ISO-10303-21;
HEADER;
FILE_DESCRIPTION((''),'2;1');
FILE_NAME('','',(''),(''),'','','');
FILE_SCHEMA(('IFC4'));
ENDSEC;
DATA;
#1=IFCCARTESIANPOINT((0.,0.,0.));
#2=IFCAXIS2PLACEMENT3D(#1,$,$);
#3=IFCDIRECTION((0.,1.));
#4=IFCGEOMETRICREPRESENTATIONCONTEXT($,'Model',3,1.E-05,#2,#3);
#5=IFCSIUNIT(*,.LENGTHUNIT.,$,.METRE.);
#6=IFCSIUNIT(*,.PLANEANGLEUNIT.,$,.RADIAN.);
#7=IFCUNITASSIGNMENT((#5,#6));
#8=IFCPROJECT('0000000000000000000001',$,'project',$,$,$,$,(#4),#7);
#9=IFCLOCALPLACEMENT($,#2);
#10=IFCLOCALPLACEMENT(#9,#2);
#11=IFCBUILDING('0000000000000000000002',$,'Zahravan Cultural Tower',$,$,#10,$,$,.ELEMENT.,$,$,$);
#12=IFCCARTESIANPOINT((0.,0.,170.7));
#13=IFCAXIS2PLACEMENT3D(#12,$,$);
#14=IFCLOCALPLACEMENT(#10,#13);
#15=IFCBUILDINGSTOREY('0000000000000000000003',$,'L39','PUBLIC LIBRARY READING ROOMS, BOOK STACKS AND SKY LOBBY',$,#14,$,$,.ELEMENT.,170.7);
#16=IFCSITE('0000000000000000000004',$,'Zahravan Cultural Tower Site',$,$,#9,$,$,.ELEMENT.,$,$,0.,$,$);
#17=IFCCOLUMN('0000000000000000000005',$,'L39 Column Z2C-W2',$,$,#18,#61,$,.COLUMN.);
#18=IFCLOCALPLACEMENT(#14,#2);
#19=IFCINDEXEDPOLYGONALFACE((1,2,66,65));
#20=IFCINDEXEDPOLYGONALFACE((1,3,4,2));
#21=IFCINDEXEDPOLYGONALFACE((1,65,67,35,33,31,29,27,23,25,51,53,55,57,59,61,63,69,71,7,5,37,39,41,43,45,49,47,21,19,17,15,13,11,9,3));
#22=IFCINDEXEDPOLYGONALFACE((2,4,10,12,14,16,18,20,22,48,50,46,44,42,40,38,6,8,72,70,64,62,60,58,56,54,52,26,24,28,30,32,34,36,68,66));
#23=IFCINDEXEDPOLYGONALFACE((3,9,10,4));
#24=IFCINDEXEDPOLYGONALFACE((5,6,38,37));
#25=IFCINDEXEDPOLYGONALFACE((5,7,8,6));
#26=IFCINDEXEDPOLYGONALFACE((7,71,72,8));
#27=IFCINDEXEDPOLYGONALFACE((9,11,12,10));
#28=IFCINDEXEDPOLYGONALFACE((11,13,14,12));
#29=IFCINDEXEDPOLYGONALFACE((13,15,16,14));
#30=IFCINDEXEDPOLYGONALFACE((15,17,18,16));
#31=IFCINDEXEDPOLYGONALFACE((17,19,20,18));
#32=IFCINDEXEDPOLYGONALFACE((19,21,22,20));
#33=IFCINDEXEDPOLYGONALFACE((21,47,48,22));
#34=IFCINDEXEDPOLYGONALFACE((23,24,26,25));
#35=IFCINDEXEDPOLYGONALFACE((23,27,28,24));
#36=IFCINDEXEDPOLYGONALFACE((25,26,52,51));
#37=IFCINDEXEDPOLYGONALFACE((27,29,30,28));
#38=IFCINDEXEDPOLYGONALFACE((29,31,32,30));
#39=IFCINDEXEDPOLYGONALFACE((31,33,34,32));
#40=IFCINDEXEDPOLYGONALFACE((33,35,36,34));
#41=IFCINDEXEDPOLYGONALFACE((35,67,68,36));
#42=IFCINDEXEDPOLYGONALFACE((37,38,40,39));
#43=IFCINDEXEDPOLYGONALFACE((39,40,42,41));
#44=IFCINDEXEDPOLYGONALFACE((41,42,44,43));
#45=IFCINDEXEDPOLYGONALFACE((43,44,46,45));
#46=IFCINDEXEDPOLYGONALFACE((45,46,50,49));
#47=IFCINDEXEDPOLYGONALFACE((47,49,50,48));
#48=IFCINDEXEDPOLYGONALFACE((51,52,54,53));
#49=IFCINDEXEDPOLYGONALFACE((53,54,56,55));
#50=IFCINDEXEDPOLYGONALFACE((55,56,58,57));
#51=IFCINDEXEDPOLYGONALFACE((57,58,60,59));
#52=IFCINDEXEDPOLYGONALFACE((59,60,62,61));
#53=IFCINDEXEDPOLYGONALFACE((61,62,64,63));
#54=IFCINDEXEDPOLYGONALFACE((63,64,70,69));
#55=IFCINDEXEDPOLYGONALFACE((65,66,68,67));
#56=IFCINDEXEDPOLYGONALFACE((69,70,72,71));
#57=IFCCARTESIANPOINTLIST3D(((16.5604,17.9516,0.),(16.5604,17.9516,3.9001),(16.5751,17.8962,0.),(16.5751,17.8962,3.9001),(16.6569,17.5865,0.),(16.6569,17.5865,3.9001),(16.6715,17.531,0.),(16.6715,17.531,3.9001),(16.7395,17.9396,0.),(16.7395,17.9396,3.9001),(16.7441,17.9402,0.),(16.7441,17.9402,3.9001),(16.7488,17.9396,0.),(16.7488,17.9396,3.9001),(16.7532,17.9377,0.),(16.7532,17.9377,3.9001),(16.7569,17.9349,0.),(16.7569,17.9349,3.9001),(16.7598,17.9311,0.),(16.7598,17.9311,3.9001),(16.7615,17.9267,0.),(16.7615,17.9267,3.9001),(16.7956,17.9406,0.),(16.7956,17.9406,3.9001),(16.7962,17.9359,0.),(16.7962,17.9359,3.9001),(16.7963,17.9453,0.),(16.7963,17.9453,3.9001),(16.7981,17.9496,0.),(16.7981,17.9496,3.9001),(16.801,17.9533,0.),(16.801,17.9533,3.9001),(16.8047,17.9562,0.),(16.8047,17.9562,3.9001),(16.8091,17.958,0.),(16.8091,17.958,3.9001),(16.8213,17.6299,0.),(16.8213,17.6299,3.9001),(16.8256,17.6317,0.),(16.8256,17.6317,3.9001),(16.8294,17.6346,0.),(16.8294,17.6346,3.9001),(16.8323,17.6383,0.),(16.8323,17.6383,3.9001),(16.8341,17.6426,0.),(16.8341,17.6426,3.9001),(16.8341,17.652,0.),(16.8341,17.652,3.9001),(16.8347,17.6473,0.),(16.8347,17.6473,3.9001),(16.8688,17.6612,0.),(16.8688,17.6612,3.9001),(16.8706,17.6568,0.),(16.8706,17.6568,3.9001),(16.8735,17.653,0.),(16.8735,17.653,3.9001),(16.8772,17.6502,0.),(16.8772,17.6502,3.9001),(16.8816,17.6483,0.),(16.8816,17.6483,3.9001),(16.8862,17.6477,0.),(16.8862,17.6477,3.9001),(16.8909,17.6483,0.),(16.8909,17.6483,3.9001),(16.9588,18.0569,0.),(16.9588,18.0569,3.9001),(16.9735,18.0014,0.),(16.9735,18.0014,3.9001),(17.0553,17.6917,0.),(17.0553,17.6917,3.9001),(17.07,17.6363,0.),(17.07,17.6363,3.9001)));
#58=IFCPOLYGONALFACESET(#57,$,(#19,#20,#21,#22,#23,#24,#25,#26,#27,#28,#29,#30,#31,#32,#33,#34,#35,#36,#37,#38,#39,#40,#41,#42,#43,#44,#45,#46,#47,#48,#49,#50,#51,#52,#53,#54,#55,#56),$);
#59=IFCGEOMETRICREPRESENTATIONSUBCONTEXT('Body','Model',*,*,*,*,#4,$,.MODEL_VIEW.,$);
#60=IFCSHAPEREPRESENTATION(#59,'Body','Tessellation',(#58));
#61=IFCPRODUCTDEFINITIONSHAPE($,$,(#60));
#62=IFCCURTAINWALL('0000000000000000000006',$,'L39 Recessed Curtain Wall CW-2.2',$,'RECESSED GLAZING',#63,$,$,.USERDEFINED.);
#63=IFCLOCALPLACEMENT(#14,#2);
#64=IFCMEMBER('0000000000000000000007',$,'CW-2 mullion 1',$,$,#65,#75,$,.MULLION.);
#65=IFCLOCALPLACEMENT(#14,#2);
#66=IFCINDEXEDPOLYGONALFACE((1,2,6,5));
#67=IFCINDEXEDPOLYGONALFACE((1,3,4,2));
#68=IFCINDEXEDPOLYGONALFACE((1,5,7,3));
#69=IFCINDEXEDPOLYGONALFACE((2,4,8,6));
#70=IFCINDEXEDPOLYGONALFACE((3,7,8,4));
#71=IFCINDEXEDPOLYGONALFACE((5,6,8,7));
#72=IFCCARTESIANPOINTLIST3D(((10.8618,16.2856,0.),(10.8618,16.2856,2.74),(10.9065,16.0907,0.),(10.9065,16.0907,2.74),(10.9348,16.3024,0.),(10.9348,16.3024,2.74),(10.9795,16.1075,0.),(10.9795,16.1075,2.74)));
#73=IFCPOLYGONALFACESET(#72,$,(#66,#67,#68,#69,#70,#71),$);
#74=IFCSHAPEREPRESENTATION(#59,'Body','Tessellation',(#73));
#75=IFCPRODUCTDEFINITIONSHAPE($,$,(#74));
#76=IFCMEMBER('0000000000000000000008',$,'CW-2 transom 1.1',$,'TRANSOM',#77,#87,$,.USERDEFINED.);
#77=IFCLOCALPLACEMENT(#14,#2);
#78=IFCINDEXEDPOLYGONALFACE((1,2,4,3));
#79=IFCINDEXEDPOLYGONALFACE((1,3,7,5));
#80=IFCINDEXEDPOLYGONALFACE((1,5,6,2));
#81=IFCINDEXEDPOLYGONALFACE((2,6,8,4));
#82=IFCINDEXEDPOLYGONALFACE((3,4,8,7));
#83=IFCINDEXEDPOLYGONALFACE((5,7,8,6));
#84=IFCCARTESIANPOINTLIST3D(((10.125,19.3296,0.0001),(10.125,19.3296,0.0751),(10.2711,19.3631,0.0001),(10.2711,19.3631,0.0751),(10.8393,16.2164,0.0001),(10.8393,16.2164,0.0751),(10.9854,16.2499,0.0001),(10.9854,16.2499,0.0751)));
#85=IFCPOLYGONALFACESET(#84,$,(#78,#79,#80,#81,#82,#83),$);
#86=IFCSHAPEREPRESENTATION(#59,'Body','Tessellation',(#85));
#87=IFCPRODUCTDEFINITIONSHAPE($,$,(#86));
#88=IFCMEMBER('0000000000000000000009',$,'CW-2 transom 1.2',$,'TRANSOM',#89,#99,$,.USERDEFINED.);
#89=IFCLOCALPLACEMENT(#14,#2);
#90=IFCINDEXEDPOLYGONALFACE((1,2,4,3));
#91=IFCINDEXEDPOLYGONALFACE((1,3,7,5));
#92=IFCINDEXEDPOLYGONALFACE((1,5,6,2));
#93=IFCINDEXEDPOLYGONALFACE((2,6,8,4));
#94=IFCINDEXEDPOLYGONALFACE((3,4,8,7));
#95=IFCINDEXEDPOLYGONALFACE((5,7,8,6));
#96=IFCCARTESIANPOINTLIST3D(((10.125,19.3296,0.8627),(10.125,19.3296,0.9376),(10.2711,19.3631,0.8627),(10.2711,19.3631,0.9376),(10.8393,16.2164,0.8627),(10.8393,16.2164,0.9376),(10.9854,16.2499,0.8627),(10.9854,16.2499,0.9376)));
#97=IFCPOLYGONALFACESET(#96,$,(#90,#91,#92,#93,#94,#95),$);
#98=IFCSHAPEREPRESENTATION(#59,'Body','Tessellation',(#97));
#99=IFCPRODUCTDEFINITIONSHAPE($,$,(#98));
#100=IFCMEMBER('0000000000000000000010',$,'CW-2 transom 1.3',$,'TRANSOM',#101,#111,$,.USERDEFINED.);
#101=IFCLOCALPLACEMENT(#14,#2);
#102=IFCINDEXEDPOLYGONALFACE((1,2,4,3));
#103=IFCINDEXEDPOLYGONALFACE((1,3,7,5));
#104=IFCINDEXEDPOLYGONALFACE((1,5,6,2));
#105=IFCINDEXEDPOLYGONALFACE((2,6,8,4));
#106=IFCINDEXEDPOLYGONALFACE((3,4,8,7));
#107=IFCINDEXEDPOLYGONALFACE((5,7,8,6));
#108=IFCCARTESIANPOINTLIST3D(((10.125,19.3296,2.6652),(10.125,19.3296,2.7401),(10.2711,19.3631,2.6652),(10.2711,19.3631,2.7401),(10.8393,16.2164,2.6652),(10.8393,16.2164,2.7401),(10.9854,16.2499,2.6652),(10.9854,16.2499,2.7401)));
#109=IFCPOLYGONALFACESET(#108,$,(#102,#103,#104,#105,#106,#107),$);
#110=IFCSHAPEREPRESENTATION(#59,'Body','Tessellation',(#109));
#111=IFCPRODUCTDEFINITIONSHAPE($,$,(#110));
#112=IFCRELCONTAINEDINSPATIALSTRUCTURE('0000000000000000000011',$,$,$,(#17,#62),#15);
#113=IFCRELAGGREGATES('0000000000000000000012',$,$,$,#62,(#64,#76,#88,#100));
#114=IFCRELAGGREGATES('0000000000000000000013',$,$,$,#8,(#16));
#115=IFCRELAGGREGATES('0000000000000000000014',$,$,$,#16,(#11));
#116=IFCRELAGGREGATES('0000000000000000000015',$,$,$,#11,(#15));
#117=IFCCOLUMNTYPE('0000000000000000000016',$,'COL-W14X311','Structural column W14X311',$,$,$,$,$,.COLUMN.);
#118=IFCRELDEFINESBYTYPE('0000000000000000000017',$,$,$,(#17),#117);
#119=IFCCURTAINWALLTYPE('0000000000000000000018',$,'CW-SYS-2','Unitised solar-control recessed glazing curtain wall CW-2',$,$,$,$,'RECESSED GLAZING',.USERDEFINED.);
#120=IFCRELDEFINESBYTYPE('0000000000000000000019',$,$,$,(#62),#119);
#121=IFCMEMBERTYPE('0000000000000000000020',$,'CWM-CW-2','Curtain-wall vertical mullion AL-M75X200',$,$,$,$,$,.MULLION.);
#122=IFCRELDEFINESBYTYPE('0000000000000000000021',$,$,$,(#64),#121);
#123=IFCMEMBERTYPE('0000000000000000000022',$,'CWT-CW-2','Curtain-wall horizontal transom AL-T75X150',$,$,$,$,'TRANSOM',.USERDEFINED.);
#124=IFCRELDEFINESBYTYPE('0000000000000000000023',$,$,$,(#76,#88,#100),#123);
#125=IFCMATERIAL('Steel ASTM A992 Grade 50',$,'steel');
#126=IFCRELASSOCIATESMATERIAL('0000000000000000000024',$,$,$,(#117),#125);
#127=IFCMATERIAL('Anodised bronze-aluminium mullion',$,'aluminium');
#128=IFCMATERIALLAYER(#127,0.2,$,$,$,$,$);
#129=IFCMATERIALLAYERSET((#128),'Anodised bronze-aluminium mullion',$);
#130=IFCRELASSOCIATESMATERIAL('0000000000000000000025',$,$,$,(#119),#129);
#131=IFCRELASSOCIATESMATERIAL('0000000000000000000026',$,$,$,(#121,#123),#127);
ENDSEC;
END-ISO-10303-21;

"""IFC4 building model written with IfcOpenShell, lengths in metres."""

from ifc_helpers import new_model, si_unit, direction, frame, origin, origin_2d, place, context, subcontext, project, spatial, rectangle, i_section, extrude, source, transform, mapped, material, layer, layer_set, material_profile, profile_set, type_object, element, aggregate, save


model = new_model("IFC4")

# Units and contexts
model_context = context("Model", 3, precision=1e-05, world=origin(), true_north=direction((0.0, 1.0)))
body_context = subcontext(model_context, "Body", "Model", "MODEL_VIEW")
ifc_project = project(units=[si_unit("LENGTHUNIT", "METRE"), si_unit("PLANEANGLEUNIT", "RADIAN")], contexts=[model_context])

# Site, building, storey
site_placement = place(None, origin())
site = spatial("IfcSite", under=ifc_project, at=site_placement, Name="Zahravan Cultural Tower Site", CompositionType="ELEMENT", RefElevation=0.0)
building_placement = place(site_placement, origin())
building = spatial("IfcBuilding", under=site, at=building_placement, Name="Zahravan Cultural Tower", CompositionType="ELEMENT")
storey_placement = place(building_placement, frame((0.0, 0.0, 170.7)))
storey = spatial("IfcBuildingStorey", under=building, at=storey_placement, Name="L39", Description="PUBLIC LIBRARY READING ROOMS, BOOK STACKS AND SKY LOBBY", CompositionType="ELEMENT", Elevation=170.7)

# Column
ifc_material_1 = material(Name="Steel ASTM A992 Grade 50", Category="steel")
ifc_material_profile_1 = material_profile(ifc_material_1, i_section(OverallWidth=0.4121, OverallDepth=0.4351, WebThickness=0.0359, FlangeThickness=0.0574, FilletRadius=0.0181, at=origin_2d()), Name="W14X311")
ifc_profile_set_1 = profile_set([ifc_material_profile_1], Name="Steel ASTM A992 Grade 50")
column_type = type_object("IfcColumnType", Name="COL-W14X311", Description="Structural column W14X311", PredefinedType="COLUMN", material=ifc_profile_set_1)
shared_shape_1 = source(origin(), body_context, "Body", "SweptSolid", [
    extrude(i_section(OverallWidth=0.4121, OverallDepth=0.4351, WebThickness=0.0359, FlangeThickness=0.0574, FilletRadius=0.0181, at=origin_2d()), origin(), (0.0, 0.0, 1.0), 3.9001),
])
column_placement = place(storey_placement, frame((16.8152, 17.7939, 0.0), z_axis=(0.0, 0.0, 1.0), x_axis=(0.966823, 0.255446, 0.0)))
element("IfcColumn", 1, at=column_placement, inside=storey, type_object=column_type, Name="L39 Column Z2C-W2", PredefinedType="COLUMN", context=body_context, shape_type="MappedRepresentation", body=[
    mapped(shared_shape_1, transform((0.0, 0.0, 0.0), x_axis=(1.0, 0.0, 0.0), y_axis=(0.0, 1.0, 0.0), z_axis=(0.0, 0.0, 1.0), scale=1.0)),
])

# Curtain wall, members
ifc_material_2 = material(Name="Anodised bronze-aluminium mullion", Category="aluminium")
ifc_layer_1 = layer(ifc_material_2, 0.2)
ifc_layer_set_1 = layer_set([ifc_layer_1], Name="Anodised bronze-aluminium mullion")
curtain_wall_type = type_object("IfcCurtainWallType", Name="CW-SYS-2", Description="Unitised solar-control recessed glazing curtain wall CW-2", ElementType="RECESSED GLAZING", PredefinedType="USERDEFINED", material=ifc_layer_set_1)
curtain_wall_placement = place(storey_placement, origin())
curtain_wall = element("IfcCurtainWall", 2, at=curtain_wall_placement, inside=storey, type_object=curtain_wall_type, Name="L39 Recessed Curtain Wall CW-2.2", ObjectType="RECESSED GLAZING", PredefinedType="USERDEFINED")
ifc_material_profile_2 = material_profile(ifc_material_2, rectangle(XDim=0.075, YDim=0.2, at=origin_2d()), Name="AL-M75X200")
ifc_profile_set_2 = profile_set([ifc_material_profile_2], Name="Anodised bronze-aluminium mullion")
member_type_1 = type_object("IfcMemberType", Name="CWM-CW-2", Description="Curtain-wall vertical mullion AL-M75X200", PredefinedType="MULLION", material=ifc_profile_set_2)
shared_shape_2 = source(origin(), body_context, "Body", "SweptSolid", [
    extrude(rectangle(XDim=0.075, YDim=0.2, at=origin_2d()), origin(), (0.0, 0.0, 1.0), 2.74),
])
member_1_placement = place(storey_placement, frame((10.9207, 16.1965, 0.0), z_axis=(0.0, 0.0, 1.0), x_axis=(-0.974681, -0.2236, 0.0)))
member_1 = element("IfcMember", 3, at=member_1_placement, type_object=member_type_1, Name="CW-2 mullion 1", PredefinedType="MULLION", context=body_context, shape_type="MappedRepresentation", body=[
    mapped(shared_shape_2, transform((0.0, 0.0, 0.0), x_axis=(1.0, 0.0, 0.0), y_axis=(0.0, 1.0, 0.0), z_axis=(0.0, 0.0, 1.0), scale=1.0)),
])
ifc_material_profile_3 = material_profile(ifc_material_2, rectangle(XDim=0.1499, YDim=0.075, at=origin_2d()), Name="AL-T75X150")
ifc_profile_set_3 = profile_set([ifc_material_profile_3], Name="Anodised bronze-aluminium mullion")
member_type_2 = type_object("IfcMemberType", Name="CWT-CW-2", Description="Curtain-wall horizontal transom AL-T75X150", ElementType="TRANSOM", PredefinedType="USERDEFINED", material=ifc_profile_set_3)
shared_shape_3 = source(origin(), body_context, "Body", "SweptSolid", [
    extrude(rectangle(XDim=0.1499, YDim=0.075, at=origin_2d()), origin(), (0.0, 0.0, 1.0), 3.1941),
])
member_2_placement = place(storey_placement, frame((10.9124, 16.2332, 0.0376), z_axis=(-0.223642, 0.974671, 0.0), x_axis=(-0.974671, -0.223642, 0.0)))
member_2 = element("IfcMember", 4, at=member_2_placement, type_object=member_type_2, Name="CW-2 transom 1.1", ObjectType="TRANSOM", PredefinedType="USERDEFINED", context=body_context, shape_type="MappedRepresentation", body=[
    mapped(shared_shape_3, transform((0.0, 0.0, 0.0), x_axis=(1.0, 0.0, 0.0), y_axis=(0.0, 1.0, 0.0), z_axis=(0.0, 0.0, 1.0), scale=1.0)),
])
member_3_placement = place(storey_placement, frame((10.9124, 16.2332, 0.9001), z_axis=(-0.223642, 0.974671, 0.0), x_axis=(-0.974671, -0.223642, 0.0)))
member_3 = element("IfcMember", 5, at=member_3_placement, type_object=member_type_2, Name="CW-2 transom 1.2", ObjectType="TRANSOM", PredefinedType="USERDEFINED", context=body_context, shape_type="MappedRepresentation", body=[
    mapped(shared_shape_3, transform((0.0, 0.0, 0.0), x_axis=(1.0, 0.0, 0.0), y_axis=(0.0, 1.0, 0.0), z_axis=(0.0, 0.0, 1.0), scale=1.0)),
])
member_4_placement = place(storey_placement, frame((10.9124, 16.2332, 2.7026), z_axis=(-0.223642, 0.974671, 0.0), x_axis=(-0.974671, -0.223642, 0.0)))
member_4 = element("IfcMember", 6, at=member_4_placement, type_object=member_type_2, Name="CW-2 transom 1.3", ObjectType="TRANSOM", PredefinedType="USERDEFINED", context=body_context, shape_type="MappedRepresentation", body=[
    mapped(shared_shape_3, transform((0.0, 0.0, 0.0), x_axis=(1.0, 0.0, 0.0), y_axis=(0.0, 1.0, 0.0), z_axis=(0.0, 0.0, 1.0), scale=1.0)),
])

aggregate(curtain_wall, [member_1, member_2, member_3, member_4])

save(model, "model.ifc")
